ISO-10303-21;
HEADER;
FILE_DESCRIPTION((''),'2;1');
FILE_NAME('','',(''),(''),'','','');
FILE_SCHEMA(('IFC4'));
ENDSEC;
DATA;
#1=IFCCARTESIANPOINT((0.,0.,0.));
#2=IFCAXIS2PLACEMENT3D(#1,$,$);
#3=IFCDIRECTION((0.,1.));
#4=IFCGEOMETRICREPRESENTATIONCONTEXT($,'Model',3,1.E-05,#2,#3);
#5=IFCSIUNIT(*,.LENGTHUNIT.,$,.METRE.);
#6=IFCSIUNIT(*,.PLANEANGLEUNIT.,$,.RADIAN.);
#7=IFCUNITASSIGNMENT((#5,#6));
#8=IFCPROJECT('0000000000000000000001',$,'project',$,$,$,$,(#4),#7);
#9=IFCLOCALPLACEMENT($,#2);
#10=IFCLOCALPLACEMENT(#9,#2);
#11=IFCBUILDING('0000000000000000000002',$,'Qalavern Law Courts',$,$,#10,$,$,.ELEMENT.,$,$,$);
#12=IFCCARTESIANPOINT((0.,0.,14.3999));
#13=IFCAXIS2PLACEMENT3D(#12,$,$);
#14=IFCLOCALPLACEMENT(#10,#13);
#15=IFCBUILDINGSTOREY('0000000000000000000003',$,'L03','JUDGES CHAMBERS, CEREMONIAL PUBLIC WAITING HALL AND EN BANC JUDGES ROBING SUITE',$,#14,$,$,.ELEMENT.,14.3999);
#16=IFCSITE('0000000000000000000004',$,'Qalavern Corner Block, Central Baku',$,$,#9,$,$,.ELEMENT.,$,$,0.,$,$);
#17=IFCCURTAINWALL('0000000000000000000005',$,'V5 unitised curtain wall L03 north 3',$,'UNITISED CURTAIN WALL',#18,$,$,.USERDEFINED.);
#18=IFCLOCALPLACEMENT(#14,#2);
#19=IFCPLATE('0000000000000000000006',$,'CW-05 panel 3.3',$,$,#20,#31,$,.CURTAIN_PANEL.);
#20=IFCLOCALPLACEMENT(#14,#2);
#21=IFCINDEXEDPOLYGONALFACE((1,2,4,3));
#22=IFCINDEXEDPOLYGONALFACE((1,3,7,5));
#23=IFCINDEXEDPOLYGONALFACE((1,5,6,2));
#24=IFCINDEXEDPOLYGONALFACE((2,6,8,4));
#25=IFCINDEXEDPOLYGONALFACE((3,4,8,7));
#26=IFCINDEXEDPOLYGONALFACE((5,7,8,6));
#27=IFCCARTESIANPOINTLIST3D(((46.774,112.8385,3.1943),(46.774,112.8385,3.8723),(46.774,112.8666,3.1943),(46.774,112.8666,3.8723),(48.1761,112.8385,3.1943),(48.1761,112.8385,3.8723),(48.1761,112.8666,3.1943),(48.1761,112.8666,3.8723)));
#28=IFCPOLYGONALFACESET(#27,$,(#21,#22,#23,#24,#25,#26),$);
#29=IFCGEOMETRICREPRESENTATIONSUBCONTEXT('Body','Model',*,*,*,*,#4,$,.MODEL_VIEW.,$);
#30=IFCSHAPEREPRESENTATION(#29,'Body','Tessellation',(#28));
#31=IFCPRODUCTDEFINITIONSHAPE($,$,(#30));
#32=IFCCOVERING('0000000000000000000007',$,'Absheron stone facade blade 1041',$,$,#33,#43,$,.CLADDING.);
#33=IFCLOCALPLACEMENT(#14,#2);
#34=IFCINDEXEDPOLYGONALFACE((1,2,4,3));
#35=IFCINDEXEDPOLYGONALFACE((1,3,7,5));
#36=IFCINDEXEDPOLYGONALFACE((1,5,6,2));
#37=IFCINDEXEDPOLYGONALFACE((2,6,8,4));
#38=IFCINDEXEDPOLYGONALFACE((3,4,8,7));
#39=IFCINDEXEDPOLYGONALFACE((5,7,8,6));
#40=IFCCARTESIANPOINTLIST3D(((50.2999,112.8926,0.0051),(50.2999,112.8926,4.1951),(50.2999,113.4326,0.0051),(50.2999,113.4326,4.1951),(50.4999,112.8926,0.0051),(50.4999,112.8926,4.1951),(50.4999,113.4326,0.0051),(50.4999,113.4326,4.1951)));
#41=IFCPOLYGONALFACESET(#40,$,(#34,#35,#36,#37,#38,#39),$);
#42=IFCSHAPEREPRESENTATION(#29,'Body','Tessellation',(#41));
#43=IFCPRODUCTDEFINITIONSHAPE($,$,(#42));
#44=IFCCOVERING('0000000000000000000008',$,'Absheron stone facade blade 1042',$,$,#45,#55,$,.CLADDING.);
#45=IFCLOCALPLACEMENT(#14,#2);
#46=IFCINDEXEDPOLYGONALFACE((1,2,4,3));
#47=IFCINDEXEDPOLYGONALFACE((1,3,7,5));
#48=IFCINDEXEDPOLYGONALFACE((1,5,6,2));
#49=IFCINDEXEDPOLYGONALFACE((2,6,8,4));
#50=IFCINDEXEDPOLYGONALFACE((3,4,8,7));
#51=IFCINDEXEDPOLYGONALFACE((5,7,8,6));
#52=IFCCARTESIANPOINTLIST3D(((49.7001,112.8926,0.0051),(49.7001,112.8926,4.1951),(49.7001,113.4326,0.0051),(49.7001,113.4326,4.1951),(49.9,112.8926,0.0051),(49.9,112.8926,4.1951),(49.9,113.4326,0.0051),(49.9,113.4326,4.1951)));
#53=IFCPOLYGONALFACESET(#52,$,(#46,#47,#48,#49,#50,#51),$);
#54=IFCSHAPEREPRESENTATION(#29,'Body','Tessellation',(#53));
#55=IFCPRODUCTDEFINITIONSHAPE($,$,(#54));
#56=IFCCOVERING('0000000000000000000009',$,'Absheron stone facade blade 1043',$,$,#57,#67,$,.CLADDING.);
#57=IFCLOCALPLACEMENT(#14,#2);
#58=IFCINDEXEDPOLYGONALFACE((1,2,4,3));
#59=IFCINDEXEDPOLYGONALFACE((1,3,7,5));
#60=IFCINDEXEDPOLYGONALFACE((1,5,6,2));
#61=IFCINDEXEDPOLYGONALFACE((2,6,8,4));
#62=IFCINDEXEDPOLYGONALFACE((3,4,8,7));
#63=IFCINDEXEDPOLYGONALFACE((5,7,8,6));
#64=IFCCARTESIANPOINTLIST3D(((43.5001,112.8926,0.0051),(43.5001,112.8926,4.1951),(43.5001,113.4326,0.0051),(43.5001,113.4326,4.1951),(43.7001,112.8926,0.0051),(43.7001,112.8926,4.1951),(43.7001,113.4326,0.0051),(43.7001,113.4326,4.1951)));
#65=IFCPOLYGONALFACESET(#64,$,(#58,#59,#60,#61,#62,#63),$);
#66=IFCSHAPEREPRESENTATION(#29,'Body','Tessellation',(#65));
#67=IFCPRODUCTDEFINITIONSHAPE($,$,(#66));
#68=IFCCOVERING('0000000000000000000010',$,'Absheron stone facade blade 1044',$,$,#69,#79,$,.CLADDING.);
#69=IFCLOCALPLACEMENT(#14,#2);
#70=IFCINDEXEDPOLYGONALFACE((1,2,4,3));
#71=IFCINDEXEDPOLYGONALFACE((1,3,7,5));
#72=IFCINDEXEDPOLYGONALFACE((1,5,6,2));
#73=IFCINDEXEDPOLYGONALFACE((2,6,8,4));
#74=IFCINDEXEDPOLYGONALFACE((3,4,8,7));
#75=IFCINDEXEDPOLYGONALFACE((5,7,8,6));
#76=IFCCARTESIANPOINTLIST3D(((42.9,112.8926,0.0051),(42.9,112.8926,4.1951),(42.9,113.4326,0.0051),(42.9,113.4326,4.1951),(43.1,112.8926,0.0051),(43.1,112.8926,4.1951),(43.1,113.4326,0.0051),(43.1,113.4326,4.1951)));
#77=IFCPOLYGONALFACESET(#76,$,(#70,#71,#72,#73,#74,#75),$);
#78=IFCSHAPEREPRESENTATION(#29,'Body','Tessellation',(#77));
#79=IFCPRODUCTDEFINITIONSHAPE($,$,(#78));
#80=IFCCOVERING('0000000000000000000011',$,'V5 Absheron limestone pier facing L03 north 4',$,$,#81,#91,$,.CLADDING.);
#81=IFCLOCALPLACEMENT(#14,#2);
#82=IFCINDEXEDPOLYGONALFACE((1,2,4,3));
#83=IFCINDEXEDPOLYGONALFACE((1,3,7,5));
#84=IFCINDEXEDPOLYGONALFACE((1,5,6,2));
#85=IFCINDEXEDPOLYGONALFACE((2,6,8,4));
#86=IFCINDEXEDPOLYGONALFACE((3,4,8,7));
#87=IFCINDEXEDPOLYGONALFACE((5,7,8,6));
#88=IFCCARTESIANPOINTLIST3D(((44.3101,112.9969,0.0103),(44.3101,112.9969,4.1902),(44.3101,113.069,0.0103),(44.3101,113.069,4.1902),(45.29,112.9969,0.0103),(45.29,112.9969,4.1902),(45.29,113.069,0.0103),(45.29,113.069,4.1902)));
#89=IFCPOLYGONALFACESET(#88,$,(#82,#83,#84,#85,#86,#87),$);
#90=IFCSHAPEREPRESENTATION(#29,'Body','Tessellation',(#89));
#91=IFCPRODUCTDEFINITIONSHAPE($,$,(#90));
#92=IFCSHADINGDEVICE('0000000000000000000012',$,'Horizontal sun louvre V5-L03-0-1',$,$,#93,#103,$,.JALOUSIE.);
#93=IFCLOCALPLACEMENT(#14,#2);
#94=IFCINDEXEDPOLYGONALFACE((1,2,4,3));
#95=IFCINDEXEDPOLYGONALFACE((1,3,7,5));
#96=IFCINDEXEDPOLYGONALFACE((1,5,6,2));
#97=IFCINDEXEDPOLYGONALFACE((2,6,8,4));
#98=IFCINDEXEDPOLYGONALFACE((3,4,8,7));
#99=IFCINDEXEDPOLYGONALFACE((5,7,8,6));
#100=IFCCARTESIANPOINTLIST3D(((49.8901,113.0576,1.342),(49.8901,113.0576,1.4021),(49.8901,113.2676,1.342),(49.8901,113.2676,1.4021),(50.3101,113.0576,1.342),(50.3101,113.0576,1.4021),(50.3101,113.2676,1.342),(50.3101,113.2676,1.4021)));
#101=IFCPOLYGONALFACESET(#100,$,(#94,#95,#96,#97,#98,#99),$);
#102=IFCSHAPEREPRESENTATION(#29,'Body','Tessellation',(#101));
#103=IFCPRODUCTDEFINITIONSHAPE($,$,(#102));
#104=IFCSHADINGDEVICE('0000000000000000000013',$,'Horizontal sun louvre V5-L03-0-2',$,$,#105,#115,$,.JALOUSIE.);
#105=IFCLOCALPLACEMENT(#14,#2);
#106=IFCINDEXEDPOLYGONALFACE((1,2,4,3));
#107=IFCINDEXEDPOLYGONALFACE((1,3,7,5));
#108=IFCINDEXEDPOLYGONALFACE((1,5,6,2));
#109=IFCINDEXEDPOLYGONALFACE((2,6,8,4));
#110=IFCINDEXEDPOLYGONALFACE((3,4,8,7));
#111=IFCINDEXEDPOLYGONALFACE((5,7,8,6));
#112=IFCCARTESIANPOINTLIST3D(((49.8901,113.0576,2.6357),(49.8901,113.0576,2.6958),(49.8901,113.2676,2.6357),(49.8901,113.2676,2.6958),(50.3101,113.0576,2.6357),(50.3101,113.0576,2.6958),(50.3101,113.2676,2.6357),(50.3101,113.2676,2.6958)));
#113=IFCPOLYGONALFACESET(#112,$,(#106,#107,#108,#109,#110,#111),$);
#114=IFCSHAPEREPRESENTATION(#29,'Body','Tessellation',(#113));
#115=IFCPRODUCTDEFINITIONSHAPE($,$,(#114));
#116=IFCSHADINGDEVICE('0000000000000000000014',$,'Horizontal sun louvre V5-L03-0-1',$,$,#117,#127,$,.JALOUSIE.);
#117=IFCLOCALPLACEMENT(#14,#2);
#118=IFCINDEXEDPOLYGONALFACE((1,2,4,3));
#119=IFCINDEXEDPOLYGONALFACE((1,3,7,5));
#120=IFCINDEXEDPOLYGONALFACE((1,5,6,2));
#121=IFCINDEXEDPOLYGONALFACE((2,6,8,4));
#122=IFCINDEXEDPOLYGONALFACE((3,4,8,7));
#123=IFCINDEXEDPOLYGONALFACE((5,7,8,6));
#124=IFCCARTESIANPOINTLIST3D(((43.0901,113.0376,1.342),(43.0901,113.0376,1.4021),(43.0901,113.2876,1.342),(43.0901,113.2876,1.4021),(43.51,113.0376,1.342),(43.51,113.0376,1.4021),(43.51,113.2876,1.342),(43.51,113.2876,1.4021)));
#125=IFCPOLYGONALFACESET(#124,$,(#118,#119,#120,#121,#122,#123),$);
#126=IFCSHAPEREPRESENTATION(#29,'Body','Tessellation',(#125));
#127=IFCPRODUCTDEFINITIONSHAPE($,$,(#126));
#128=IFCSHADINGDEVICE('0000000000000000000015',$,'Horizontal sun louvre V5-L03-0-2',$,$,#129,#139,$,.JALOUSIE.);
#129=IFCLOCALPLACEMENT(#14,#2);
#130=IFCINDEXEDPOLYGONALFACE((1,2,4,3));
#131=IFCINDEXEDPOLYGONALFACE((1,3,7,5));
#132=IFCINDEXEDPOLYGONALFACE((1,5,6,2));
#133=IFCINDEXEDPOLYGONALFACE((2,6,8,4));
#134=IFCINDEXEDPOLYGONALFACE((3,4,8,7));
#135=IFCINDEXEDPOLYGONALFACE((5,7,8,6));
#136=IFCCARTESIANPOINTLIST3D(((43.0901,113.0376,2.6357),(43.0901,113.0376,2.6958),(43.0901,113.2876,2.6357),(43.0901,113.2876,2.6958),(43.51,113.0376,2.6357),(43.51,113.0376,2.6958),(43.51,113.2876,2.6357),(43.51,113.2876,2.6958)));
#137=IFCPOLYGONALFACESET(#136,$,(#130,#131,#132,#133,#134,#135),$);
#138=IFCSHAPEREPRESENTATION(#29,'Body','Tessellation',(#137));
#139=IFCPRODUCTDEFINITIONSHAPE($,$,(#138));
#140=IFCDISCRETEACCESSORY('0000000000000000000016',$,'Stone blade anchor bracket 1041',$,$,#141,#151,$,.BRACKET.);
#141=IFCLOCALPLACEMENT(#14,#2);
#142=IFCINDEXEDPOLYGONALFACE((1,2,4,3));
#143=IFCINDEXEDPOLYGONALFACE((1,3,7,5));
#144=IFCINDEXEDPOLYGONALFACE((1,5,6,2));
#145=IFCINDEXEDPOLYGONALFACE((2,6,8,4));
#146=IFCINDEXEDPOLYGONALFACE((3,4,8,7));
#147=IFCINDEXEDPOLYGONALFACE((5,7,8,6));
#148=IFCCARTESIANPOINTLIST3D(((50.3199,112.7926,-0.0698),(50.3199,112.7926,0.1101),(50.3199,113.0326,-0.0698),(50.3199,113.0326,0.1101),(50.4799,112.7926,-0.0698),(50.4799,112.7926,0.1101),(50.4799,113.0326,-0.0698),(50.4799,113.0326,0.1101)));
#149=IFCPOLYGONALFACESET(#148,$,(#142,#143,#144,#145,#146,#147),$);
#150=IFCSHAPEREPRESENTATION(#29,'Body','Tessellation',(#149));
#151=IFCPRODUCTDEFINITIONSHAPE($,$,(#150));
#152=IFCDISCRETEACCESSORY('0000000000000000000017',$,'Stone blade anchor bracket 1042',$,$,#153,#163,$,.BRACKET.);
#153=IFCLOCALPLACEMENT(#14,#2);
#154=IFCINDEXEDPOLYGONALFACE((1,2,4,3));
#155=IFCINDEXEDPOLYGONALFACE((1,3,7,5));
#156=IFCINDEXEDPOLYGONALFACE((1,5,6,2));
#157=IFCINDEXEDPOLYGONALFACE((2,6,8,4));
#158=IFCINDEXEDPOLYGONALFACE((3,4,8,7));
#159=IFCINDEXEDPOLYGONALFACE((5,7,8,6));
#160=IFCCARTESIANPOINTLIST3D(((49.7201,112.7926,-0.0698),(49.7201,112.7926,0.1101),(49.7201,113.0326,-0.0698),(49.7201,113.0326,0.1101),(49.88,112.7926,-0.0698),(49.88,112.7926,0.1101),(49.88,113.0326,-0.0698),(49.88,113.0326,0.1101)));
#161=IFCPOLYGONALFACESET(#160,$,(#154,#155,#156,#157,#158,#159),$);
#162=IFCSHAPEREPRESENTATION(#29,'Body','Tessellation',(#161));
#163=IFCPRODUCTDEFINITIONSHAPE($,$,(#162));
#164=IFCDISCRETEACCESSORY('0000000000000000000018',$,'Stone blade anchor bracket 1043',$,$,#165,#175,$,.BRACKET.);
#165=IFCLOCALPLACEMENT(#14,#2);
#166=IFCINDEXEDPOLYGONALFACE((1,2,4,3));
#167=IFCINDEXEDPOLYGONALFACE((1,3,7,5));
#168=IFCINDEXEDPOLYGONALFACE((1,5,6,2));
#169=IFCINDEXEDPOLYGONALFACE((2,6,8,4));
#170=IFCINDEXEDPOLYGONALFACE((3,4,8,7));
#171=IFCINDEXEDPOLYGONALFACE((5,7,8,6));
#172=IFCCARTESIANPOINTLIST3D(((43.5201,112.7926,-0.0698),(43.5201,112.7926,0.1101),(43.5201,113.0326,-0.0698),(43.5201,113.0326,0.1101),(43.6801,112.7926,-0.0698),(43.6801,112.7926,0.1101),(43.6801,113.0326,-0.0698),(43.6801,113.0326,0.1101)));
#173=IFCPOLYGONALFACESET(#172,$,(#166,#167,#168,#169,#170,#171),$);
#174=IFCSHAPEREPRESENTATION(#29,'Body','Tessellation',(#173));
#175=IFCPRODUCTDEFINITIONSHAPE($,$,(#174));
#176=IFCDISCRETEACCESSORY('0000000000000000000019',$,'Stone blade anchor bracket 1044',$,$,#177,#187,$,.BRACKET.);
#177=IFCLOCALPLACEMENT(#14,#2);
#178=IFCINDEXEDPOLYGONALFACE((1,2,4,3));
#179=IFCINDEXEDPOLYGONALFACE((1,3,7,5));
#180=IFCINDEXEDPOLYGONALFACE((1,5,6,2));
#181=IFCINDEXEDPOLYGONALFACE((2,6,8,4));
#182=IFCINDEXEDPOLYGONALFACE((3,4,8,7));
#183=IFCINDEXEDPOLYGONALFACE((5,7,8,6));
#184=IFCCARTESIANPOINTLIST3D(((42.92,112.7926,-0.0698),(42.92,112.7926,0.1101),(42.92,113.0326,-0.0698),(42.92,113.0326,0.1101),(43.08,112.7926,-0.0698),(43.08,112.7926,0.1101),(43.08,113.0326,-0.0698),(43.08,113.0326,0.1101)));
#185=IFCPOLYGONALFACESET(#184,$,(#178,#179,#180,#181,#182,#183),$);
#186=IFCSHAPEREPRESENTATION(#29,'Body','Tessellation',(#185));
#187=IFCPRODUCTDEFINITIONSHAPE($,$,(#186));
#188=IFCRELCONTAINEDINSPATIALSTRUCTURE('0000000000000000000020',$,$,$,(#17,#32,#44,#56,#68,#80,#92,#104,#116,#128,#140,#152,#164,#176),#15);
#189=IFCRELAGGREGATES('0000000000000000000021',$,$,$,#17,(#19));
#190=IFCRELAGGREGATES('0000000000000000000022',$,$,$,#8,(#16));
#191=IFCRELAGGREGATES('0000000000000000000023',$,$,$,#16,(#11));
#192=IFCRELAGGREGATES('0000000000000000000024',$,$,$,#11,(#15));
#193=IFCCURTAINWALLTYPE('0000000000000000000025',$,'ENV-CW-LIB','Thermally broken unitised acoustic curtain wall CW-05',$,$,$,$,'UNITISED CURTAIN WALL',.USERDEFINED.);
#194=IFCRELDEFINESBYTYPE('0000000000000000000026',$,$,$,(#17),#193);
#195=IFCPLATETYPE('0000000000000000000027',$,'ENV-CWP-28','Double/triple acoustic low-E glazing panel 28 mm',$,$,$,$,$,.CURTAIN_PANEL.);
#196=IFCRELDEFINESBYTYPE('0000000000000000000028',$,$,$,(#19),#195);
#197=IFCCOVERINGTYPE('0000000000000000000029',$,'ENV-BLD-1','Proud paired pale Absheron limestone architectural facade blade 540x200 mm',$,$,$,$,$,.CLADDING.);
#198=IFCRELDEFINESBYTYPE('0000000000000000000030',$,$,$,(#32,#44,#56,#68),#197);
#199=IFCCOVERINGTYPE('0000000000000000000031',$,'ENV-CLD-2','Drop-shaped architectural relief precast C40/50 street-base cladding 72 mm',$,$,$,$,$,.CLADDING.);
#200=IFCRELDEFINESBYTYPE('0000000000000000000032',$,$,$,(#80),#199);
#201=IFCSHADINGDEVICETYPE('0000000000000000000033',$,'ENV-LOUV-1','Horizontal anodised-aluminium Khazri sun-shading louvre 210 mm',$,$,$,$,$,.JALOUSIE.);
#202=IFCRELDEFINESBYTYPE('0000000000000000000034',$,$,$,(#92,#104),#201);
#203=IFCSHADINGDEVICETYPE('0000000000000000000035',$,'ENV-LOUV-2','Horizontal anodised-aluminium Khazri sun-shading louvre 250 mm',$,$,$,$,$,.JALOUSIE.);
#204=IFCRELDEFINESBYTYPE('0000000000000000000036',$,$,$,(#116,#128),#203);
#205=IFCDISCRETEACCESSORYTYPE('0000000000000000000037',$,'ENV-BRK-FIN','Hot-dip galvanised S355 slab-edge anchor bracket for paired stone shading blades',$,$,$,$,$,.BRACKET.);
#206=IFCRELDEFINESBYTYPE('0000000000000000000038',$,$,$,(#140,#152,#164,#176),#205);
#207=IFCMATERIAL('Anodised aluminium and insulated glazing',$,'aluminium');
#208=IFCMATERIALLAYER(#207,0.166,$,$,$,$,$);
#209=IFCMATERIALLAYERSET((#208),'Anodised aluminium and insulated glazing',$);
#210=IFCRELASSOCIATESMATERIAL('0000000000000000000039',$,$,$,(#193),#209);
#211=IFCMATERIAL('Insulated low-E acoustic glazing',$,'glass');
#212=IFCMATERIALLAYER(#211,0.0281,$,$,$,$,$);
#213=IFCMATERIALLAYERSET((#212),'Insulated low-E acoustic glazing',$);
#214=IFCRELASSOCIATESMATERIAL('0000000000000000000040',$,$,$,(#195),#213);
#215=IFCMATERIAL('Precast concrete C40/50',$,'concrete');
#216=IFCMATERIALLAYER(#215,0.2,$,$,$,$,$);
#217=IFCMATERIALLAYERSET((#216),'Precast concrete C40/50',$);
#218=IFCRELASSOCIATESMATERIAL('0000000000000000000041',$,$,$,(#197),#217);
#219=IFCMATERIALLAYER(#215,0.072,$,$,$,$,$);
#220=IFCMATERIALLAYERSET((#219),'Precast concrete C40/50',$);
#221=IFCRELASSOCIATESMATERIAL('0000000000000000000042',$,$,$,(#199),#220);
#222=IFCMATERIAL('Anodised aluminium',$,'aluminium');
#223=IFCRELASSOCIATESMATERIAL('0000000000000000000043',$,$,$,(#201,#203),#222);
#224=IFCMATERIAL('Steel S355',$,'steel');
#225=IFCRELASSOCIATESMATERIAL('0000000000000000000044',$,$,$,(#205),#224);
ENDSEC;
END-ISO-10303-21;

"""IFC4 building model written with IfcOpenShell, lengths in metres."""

from ifc_helpers import new_model, si_unit, direction, frame, origin, origin_2d, place, context, subcontext, project, spatial, rectangle, extrude, material, layer, layer_set, type_object, element, aggregate, save


model = new_model("IFC4")

# Units and contexts
model_context = context("Model", 3, precision=1e-05, world=origin(), true_north=direction((0.0, 1.0)))
body_context = subcontext(model_context, "Body", "Model", "MODEL_VIEW")
ifc_project = project(units=[si_unit("LENGTHUNIT", "METRE"), si_unit("PLANEANGLEUNIT", "RADIAN")], contexts=[model_context])

# Site, building, storey
site_placement = place(None, origin())
site = spatial("IfcSite", under=ifc_project, at=site_placement, Name="Qalavern Corner Block, Central Baku", CompositionType="ELEMENT", RefElevation=0.0)
building_placement = place(site_placement, origin())
building = spatial("IfcBuilding", under=site, at=building_placement, Name="Qalavern Law Courts", CompositionType="ELEMENT")
storey_placement = place(building_placement, frame((0.0, 0.0, 14.3999)))
storey = spatial("IfcBuildingStorey", under=building, at=storey_placement, Name="L03", Description="JUDGES CHAMBERS, CEREMONIAL PUBLIC WAITING HALL AND EN BANC JUDGES ROBING SUITE", CompositionType="ELEMENT", Elevation=14.3999)

# Curtain wall, plate
ifc_material_1 = material(Name="Anodised aluminium and insulated glazing", Category="aluminium")
ifc_layer_1 = layer(ifc_material_1, 0.166)
ifc_layer_set_1 = layer_set([ifc_layer_1], Name="Anodised aluminium and insulated glazing")
curtain_wall_type = type_object("IfcCurtainWallType", Name="ENV-CW-LIB", Description="Thermally broken unitised acoustic curtain wall CW-05", ElementType="UNITISED CURTAIN WALL", PredefinedType="USERDEFINED", material=ifc_layer_set_1)
curtain_wall_placement = place(storey_placement, origin())
curtain_wall = element("IfcCurtainWall", 1, at=curtain_wall_placement, inside=storey, type_object=curtain_wall_type, Name="V5 unitised curtain wall L03 north 3", ObjectType="UNITISED CURTAIN WALL", PredefinedType="USERDEFINED")
ifc_material_2 = material(Name="Anodised aluminium", Category="aluminium")
ifc_material_3 = material(Name="Insulated low-E acoustic glazing", Category="glass")
ifc_layer_2 = layer(ifc_material_3, 0.0281)
ifc_layer_set_2 = layer_set([ifc_layer_2], Name="Insulated low-E acoustic glazing")
plate_type = type_object("IfcPlateType", Name="ENV-CWP-28", Description="Double/triple acoustic low-E glazing panel 28 mm", PredefinedType="CURTAIN_PANEL", material=ifc_layer_set_2)
plate_1_placement = place(storey_placement, frame((47.4751, 112.8525, 3.1943), z_axis=(0.0, 0.0, 1.0), x_axis=(-1.0, 0.0, 0.0)))
plate_1 = element("IfcPlate", 2, at=plate_1_placement, type_object=plate_type, Name="CW-05 panel 3.3", PredefinedType="CURTAIN_PANEL", context=body_context, shape_type="SweptSolid", body=[
    extrude(rectangle(XDim=1.4021, YDim=0.0281, at=origin_2d()), origin(), (0.0, 0.0, 1.0), 0.678),
])
aggregate(curtain_wall, [plate_1])

# Coverings
ifc_material_4 = material(Name="Precast concrete C40/50", Category="concrete")
ifc_layer_3 = layer(ifc_material_4, 0.2)
ifc_layer_set_3 = layer_set([ifc_layer_3], Name="Precast concrete C40/50")
covering_type_1 = type_object("IfcCoveringType", Name="ENV-BLD-1", Description="Proud paired pale Absheron limestone architectural facade blade 540x200 mm", PredefinedType="CLADDING", material=ifc_layer_set_3)
for number, where, z_axis, x_axis, name in (
    (3, (50.3999, 113.1626, 0.0051), (0.0, 0.0, 1.0), (0.0, 1.0, 0.0), "Absheron stone facade blade 1041"),
    (4, (49.8, 113.1626, 0.0051), (0.0, 0.0, 1.0), (0.0, 1.0, 0.0), "Absheron stone facade blade 1042"),
    (5, (43.6001, 113.1626, 0.0051), (0.0, 0.0, 1.0), (0.0, 1.0, 0.0), "Absheron stone facade blade 1043"),
    (6, (43.0, 113.1626, 0.0051), (0.0, 0.0, 1.0), (0.0, 1.0, 0.0), "Absheron stone facade blade 1044"),
):
    element("IfcCovering", number, at=place(storey_placement, frame(where, z_axis=z_axis, x_axis=x_axis)), inside=storey, type_object=covering_type_1, Name=name, PredefinedType="CLADDING", context=body_context, shape_type="SweptSolid", body=[
        extrude(rectangle(XDim=0.54, YDim=0.2, at=origin_2d()), origin(), (0.0, 0.0, 1.0), 4.1899),
    ])
ifc_layer_4 = layer(ifc_material_4, 0.072)
ifc_layer_set_4 = layer_set([ifc_layer_4], Name="Precast concrete C40/50")
covering_type_2 = type_object("IfcCoveringType", Name="ENV-CLD-2", Description="Drop-shaped architectural relief precast C40/50 street-base cladding 72 mm", PredefinedType="CLADDING", material=ifc_layer_set_4)
covering_placement = place(storey_placement, frame((44.8, 113.033, 0.0103), z_axis=(0.0, 0.0, 1.0), x_axis=(-1.0, 0.0, 0.0)))
element("IfcCovering", 7, at=covering_placement, inside=storey, type_object=covering_type_2, Name="V5 Absheron limestone pier facing L03 north 4", PredefinedType="CLADDING", context=body_context, shape_type="SweptSolid", body=[
    extrude(rectangle(XDim=0.98, YDim=0.072, at=origin_2d()), origin(), (0.0, 0.0, 1.0), 4.1799),
])

# Shading devices
shading_device_type_1 = type_object("IfcShadingDeviceType", Name="ENV-LOUV-1", Description="Horizontal anodised-aluminium Khazri sun-shading louvre 210 mm", PredefinedType="JALOUSIE", material=ifc_material_2)
for number, where, z_axis, x_axis, name in (
    (8, (50.1001, 113.1626, 1.342), (0.0, 0.0, 1.0), (-1.0, 0.0, 0.0), "Horizontal sun louvre V5-L03-0-1"),
    (9, (50.1001, 113.1626, 2.6357), (0.0, 0.0, 1.0), (-1.0, 0.0, 0.0), "Horizontal sun louvre V5-L03-0-2"),
):
    element("IfcShadingDevice", number, at=place(storey_placement, frame(where, z_axis=z_axis, x_axis=x_axis)), inside=storey, type_object=shading_device_type_1, Name=name, PredefinedType="JALOUSIE", context=body_context, shape_type="SweptSolid", body=[
        extrude(rectangle(XDim=0.4199, YDim=0.21, at=origin_2d()), origin(), (0.0, 0.0, 1.0), 0.0601),
    ])
shading_device_type_2 = type_object("IfcShadingDeviceType", Name="ENV-LOUV-2", Description="Horizontal anodised-aluminium Khazri sun-shading louvre 250 mm", PredefinedType="JALOUSIE", material=ifc_material_2)
for number, where, z_axis, x_axis, name in (
    (10, (43.3, 113.1626, 1.342), (0.0, 0.0, 1.0), (-1.0, 0.0, 0.0), "Horizontal sun louvre V5-L03-0-1"),
    (11, (43.3, 113.1626, 2.6357), (0.0, 0.0, 1.0), (-1.0, 0.0, 0.0), "Horizontal sun louvre V5-L03-0-2"),
):
    element("IfcShadingDevice", number, at=place(storey_placement, frame(where, z_axis=z_axis, x_axis=x_axis)), inside=storey, type_object=shading_device_type_2, Name=name, PredefinedType="JALOUSIE", context=body_context, shape_type="SweptSolid", body=[
        extrude(rectangle(XDim=0.4199, YDim=0.25, at=origin_2d()), origin(), (0.0, 0.0, 1.0), 0.0601),
    ])

# Discrete accessories
ifc_material_5 = material(Name="Steel S355", Category="steel")
discrete_accessory_type = type_object("IfcDiscreteAccessoryType", Name="ENV-BRK-FIN", Description="Hot-dip galvanised S355 slab-edge anchor bracket for paired stone shading blades", PredefinedType="BRACKET", material=ifc_material_5)
for number, where, z_axis, x_axis, name in (
    (12, (50.3999, 112.9126, -0.0698), (0.0, 0.0, 1.0), (0.0, 1.0, 0.0), "Stone blade anchor bracket 1041"),
    (13, (49.8, 112.9126, -0.0698), (0.0, 0.0, 1.0), (0.0, 1.0, 0.0), "Stone blade anchor bracket 1042"),
    (14, (43.6001, 112.9126, -0.0698), (0.0, 0.0, 1.0), (0.0, 1.0, 0.0), "Stone blade anchor bracket 1043"),
    (15, (43.0, 112.9126, -0.0698), (0.0, 0.0, 1.0), (0.0, 1.0, 0.0), "Stone blade anchor bracket 1044"),
):
    element("IfcDiscreteAccessory", number, at=place(storey_placement, frame(where, z_axis=z_axis, x_axis=x_axis)), inside=storey, type_object=discrete_accessory_type, Name=name, PredefinedType="BRACKET", context=body_context, shape_type="SweptSolid", body=[
        extrude(rectangle(XDim=0.24, YDim=0.1599, at=origin_2d()), origin(), (0.0, 0.0, 1.0), 0.1799),
    ])

save(model, "model.ifc")
